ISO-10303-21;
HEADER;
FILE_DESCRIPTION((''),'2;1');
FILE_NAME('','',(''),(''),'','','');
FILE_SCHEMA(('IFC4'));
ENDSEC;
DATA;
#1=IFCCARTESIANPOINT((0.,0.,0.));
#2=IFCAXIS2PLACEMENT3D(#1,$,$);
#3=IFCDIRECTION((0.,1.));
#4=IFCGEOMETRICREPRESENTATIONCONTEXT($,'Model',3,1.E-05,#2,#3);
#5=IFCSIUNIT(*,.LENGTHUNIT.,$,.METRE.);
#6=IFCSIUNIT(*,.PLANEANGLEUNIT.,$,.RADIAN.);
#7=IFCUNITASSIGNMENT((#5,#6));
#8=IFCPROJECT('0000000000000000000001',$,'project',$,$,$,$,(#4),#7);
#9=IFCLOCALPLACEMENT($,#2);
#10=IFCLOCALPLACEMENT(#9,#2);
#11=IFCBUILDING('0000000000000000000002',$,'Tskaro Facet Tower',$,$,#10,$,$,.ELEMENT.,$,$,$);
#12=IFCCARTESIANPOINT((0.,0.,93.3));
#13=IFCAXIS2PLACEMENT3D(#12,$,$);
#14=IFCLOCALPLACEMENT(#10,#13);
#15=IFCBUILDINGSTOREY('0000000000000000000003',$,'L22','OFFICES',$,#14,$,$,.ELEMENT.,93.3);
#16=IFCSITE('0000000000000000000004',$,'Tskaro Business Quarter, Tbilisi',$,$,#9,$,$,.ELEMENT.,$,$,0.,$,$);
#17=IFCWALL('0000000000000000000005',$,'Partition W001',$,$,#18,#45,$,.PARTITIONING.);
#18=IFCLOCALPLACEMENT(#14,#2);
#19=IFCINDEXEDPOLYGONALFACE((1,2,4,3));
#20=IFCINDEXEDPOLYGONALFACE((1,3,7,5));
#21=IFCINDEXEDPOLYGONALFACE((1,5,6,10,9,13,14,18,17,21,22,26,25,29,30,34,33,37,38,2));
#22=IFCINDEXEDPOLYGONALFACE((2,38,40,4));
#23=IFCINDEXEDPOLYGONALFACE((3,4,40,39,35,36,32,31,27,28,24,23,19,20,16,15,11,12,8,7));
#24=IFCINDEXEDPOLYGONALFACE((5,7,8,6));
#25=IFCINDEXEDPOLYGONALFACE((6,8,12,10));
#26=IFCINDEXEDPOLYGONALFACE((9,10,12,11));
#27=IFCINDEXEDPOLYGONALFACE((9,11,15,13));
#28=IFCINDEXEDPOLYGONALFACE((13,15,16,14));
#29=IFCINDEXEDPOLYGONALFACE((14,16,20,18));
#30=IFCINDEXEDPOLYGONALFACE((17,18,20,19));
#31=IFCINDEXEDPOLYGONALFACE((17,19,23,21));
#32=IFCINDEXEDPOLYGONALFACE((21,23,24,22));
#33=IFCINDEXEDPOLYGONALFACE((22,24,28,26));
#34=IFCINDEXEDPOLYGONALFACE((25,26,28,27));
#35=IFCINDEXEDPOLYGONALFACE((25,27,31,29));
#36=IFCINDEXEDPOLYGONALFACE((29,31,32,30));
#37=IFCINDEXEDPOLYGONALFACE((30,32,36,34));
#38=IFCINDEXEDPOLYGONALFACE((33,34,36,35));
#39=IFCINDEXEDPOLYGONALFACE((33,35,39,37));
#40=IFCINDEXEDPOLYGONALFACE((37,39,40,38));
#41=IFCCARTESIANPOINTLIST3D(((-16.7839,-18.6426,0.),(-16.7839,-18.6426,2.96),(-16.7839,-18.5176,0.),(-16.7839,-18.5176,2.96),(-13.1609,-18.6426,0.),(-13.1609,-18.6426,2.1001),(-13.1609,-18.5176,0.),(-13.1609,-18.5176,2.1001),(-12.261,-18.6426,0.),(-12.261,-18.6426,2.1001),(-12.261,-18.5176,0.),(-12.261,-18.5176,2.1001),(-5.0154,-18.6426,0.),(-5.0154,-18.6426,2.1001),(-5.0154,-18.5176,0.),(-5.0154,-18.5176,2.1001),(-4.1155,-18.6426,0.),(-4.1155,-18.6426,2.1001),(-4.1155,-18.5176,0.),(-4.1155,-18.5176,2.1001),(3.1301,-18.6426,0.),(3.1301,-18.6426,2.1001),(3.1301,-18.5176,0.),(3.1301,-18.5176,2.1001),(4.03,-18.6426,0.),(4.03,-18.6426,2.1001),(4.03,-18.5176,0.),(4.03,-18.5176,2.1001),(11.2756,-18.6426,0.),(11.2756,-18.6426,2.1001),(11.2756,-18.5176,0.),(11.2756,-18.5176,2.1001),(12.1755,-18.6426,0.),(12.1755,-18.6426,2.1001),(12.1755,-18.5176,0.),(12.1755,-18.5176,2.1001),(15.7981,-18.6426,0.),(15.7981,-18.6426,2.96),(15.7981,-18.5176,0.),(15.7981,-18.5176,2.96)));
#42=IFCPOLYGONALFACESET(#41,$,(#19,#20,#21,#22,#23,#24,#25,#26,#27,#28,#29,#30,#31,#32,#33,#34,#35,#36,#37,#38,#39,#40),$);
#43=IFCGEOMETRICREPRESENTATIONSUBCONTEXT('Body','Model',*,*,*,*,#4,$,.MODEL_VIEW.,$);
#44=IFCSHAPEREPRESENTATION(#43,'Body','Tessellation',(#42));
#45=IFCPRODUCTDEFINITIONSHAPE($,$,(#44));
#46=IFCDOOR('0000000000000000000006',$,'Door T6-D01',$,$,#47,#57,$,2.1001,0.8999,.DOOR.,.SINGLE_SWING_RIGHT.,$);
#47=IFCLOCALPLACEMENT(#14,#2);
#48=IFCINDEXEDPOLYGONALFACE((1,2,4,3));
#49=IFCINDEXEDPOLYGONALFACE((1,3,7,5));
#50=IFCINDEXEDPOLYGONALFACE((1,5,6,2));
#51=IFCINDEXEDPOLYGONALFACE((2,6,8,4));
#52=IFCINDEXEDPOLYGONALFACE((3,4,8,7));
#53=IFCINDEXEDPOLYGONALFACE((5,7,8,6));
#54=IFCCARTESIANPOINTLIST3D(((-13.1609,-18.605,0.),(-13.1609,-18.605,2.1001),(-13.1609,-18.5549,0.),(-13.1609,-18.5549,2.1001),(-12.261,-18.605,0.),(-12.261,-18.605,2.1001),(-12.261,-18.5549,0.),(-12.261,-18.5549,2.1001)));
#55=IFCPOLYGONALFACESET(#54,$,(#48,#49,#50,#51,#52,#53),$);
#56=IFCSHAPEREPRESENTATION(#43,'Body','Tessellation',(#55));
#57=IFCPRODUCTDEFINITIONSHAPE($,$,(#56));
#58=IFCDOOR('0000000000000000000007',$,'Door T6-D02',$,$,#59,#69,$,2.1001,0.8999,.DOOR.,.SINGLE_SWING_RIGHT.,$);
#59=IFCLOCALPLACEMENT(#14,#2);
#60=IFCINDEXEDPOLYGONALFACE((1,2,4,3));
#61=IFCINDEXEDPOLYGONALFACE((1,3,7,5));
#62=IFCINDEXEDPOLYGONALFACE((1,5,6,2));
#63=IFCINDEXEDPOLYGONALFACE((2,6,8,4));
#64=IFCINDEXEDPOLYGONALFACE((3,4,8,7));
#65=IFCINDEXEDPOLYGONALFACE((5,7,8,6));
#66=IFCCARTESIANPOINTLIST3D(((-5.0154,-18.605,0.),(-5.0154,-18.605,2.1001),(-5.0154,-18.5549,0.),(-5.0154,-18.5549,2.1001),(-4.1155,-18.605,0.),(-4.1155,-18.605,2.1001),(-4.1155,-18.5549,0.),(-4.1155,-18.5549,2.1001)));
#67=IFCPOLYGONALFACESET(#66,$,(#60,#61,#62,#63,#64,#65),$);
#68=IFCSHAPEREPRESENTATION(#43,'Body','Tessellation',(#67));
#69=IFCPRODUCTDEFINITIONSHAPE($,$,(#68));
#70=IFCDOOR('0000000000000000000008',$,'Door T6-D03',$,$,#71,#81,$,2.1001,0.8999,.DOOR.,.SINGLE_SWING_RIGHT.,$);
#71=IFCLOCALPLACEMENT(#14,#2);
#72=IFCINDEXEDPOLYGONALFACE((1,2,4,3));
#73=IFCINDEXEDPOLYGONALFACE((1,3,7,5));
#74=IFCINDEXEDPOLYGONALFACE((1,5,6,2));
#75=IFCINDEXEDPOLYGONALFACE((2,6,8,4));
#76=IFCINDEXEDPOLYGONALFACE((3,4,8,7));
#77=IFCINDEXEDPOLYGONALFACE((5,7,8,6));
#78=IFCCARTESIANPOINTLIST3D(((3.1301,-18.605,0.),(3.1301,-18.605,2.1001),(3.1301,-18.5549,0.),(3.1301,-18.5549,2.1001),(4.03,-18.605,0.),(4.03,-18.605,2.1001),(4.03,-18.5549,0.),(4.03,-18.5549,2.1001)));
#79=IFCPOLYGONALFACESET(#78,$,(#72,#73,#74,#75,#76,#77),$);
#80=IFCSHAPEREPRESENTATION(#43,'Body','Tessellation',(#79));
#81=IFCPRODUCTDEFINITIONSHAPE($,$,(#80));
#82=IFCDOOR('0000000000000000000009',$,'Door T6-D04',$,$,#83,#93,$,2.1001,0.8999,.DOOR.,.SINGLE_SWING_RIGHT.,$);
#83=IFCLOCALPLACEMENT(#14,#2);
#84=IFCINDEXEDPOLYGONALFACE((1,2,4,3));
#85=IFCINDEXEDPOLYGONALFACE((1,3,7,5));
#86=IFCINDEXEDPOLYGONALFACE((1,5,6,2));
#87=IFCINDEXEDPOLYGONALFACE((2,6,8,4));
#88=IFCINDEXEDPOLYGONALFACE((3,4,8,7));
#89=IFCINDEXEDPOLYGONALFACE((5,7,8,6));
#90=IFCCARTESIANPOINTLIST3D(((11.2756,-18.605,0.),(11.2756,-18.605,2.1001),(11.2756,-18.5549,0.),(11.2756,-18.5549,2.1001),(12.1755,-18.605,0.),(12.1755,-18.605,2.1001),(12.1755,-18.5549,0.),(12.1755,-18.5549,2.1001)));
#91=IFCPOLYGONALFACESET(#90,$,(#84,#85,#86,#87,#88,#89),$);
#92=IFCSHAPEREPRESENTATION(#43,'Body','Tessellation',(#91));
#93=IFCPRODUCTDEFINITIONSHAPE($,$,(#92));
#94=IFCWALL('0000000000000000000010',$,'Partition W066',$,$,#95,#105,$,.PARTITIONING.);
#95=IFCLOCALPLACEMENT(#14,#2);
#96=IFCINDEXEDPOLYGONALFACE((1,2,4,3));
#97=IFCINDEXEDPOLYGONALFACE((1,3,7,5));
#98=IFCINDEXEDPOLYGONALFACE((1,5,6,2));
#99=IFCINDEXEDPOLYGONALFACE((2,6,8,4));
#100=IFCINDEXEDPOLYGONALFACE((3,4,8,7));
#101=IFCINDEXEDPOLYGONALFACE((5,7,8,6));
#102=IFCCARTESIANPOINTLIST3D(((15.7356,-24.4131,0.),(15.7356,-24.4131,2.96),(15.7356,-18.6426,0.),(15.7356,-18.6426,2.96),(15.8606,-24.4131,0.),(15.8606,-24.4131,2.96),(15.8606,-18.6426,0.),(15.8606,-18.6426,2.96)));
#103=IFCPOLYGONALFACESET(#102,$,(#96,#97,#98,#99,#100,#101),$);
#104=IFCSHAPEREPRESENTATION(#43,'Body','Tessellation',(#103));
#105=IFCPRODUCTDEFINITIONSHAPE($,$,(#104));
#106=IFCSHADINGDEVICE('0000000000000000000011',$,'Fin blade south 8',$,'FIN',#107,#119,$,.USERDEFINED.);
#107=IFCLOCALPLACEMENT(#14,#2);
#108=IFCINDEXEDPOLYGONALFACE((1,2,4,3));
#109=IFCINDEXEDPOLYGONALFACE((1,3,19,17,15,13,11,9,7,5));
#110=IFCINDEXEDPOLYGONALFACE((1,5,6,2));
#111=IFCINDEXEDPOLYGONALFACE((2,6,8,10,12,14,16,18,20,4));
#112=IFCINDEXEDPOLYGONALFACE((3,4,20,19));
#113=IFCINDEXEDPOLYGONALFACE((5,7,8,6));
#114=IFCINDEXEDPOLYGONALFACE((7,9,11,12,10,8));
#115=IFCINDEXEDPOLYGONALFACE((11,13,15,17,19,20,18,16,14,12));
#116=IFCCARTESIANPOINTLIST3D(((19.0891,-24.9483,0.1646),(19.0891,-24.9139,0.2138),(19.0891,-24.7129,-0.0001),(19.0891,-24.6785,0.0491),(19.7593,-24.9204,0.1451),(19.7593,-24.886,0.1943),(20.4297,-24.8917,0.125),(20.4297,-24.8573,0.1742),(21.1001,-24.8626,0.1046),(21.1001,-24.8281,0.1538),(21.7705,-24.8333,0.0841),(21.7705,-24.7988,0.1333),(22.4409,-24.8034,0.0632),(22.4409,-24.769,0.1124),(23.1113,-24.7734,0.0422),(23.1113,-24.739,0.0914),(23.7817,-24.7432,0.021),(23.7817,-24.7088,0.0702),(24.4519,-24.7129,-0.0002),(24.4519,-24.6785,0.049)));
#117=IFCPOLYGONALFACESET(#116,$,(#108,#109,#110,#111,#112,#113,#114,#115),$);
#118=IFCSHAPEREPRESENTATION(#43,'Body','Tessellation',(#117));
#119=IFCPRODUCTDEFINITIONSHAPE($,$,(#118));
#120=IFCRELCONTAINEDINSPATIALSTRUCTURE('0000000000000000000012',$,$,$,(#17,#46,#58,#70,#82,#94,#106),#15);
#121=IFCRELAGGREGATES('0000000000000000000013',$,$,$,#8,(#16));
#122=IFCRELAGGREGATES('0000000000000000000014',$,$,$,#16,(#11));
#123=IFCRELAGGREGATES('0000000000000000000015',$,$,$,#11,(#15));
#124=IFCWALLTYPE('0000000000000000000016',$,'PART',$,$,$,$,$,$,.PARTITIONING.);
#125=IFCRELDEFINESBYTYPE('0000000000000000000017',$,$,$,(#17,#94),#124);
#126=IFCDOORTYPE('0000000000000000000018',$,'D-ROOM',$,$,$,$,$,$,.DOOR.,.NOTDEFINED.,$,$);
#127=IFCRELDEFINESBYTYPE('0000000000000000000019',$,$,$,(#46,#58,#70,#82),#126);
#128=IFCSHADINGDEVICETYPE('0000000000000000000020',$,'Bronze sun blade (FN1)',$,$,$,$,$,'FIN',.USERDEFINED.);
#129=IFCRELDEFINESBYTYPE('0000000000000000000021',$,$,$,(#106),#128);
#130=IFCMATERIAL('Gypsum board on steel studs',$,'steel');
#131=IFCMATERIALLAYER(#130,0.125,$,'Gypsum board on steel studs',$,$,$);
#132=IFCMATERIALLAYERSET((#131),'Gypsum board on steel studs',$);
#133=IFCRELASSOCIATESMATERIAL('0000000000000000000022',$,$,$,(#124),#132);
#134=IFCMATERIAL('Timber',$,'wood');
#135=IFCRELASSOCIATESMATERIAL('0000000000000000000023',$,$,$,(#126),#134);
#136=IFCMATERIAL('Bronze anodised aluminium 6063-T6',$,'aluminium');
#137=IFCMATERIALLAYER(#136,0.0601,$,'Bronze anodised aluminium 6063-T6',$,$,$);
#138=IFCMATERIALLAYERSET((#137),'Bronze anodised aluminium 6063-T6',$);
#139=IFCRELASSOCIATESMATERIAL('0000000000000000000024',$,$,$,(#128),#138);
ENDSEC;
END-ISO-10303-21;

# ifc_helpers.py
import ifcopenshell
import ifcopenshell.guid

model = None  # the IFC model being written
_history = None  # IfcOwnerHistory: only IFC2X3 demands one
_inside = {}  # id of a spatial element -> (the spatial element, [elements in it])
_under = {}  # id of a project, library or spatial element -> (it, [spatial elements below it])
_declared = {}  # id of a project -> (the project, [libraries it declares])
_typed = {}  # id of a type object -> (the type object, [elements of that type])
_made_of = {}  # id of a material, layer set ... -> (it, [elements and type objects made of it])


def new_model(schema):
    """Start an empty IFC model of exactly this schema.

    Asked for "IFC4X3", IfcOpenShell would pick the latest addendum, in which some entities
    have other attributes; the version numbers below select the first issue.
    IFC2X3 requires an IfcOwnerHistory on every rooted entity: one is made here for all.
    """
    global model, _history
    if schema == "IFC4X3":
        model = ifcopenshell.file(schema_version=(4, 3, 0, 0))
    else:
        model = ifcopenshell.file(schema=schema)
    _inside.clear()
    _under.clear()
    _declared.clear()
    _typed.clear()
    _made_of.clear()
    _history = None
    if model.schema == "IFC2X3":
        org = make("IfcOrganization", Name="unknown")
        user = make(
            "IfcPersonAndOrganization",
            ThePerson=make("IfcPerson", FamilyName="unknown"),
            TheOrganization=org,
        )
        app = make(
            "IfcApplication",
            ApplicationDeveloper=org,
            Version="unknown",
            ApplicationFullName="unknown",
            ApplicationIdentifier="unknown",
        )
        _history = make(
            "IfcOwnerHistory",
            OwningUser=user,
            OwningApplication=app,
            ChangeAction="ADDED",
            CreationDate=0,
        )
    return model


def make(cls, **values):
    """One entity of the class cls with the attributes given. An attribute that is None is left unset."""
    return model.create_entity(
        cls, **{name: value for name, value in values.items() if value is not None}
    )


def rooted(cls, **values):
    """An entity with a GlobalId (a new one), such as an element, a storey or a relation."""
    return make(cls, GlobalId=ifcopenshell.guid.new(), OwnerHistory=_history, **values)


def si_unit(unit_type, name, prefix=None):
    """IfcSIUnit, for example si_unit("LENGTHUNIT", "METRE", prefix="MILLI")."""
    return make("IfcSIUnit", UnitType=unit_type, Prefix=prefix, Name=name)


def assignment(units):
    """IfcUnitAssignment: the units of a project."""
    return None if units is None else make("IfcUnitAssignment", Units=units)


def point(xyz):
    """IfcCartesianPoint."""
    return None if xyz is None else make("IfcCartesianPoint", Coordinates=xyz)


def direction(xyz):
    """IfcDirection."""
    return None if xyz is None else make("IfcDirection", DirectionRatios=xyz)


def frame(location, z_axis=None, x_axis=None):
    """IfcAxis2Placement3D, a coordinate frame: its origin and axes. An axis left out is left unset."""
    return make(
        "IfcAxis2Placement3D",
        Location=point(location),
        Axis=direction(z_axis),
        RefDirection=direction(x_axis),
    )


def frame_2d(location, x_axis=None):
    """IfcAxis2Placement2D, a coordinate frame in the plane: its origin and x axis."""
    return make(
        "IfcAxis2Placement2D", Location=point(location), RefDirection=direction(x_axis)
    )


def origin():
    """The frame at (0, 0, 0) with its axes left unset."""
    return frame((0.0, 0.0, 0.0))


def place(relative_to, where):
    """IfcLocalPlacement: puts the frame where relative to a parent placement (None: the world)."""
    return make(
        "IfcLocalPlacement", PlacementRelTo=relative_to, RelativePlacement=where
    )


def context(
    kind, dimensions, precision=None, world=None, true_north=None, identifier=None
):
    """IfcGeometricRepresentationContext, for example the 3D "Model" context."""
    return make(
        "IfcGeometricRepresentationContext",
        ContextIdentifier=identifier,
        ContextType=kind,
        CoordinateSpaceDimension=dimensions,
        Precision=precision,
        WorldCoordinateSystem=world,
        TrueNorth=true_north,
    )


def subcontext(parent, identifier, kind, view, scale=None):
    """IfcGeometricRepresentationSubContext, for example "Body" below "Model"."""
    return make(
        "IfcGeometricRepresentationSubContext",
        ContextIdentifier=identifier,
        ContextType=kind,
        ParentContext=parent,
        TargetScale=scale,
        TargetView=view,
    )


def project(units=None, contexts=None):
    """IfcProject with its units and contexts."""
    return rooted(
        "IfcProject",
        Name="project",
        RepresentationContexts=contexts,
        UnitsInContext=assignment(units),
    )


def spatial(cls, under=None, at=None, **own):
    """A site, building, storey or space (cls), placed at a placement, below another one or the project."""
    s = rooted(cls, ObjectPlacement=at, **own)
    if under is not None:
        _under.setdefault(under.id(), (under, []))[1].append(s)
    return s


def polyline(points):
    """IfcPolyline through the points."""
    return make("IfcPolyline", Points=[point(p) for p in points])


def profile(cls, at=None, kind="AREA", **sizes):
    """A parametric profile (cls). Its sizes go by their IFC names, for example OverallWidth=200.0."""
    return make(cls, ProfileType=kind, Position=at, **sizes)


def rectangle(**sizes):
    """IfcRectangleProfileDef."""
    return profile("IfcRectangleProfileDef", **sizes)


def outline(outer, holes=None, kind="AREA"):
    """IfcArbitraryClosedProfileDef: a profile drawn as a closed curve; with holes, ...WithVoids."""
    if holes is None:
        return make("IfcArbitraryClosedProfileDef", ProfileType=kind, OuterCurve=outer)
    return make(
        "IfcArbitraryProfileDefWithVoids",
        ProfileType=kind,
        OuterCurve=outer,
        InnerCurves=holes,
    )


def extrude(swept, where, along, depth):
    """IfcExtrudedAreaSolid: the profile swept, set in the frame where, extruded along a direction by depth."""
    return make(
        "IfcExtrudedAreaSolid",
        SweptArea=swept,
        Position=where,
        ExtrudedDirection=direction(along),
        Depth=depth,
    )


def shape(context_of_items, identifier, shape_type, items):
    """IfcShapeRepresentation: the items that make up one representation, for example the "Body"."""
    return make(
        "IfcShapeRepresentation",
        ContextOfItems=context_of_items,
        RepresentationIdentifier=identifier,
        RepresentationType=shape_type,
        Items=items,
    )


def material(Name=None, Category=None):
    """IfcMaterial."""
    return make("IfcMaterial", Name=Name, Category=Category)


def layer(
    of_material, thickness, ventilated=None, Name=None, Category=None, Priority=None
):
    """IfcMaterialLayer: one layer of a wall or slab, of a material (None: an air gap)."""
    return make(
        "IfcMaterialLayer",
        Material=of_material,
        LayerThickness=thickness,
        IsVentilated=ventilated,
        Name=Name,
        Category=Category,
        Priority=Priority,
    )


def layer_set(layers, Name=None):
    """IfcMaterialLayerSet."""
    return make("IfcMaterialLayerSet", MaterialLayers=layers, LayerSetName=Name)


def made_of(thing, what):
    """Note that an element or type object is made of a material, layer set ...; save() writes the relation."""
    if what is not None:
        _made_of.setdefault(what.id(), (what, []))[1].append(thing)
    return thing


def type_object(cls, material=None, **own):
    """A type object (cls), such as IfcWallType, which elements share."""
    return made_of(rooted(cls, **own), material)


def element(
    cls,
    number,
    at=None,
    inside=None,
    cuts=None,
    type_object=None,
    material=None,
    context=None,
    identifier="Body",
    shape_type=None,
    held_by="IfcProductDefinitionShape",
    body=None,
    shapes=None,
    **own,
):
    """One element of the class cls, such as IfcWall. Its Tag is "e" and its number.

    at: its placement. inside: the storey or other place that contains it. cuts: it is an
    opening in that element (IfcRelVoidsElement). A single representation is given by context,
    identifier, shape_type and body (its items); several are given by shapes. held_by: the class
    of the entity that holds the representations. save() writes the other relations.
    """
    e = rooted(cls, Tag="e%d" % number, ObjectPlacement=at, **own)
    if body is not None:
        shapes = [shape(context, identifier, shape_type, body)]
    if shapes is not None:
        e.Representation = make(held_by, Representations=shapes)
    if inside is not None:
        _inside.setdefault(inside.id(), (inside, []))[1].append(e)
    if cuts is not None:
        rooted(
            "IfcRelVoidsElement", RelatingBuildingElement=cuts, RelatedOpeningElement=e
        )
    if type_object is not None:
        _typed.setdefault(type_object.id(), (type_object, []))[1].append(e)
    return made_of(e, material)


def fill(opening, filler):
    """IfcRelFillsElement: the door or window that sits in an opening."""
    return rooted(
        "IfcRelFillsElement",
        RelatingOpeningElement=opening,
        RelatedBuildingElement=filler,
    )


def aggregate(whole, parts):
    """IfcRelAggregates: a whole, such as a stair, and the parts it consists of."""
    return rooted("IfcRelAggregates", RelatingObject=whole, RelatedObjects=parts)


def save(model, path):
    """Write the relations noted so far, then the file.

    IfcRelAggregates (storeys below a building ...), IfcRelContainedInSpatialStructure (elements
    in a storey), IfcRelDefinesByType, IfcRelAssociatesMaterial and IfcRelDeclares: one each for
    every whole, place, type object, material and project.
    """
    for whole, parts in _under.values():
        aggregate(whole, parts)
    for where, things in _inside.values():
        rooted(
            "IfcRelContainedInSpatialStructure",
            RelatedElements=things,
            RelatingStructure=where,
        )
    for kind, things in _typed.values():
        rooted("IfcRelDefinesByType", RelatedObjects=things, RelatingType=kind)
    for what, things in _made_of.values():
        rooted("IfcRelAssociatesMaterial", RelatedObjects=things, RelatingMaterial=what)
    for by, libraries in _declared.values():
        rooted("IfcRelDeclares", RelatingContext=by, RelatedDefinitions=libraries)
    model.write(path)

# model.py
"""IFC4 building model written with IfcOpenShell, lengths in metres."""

from ifc_helpers import new_model, si_unit, direction, frame, frame_2d, origin, place, context, subcontext, project, spatial, polyline, rectangle, outline, extrude, material, layer, layer_set, type_object, element, fill, save


model = new_model("IFC4")

# Units and contexts
model_context = context("Model", 3, precision=1e-05, world=origin(), true_north=direction((0.0, 1.0)))
body_context = subcontext(model_context, "Body", "Model", "MODEL_VIEW")
ifc_project = project(units=[si_unit("LENGTHUNIT", "METRE"), si_unit("PLANEANGLEUNIT", "RADIAN")], contexts=[model_context])

# Site, building, storey
site_placement = place(None, origin())
site = spatial("IfcSite", under=ifc_project, at=site_placement, Name="Tskaro Business Quarter, Tbilisi", CompositionType="ELEMENT", RefElevation=0.0)
building_placement = place(site_placement, origin())
building = spatial("IfcBuilding", under=site, at=building_placement, Name="Tskaro Facet Tower", CompositionType="ELEMENT")
storey_placement = place(building_placement, frame((0.0, 0.0, 93.3)))
storey = spatial("IfcBuildingStorey", under=building, at=storey_placement, Name="L22", Description="OFFICES", CompositionType="ELEMENT", Elevation=93.3)

# Shared definitions
ifc_material_1 = material(Name="Bronze anodised aluminium 6063-T6", Category="aluminium")

# Wall, openings, doors
ifc_material_2 = material(Name="Gypsum board on steel studs", Category="steel")
ifc_layer_1 = layer(ifc_material_2, 0.125, Name="Gypsum board on steel studs")
ifc_layer_set_1 = layer_set([ifc_layer_1], Name="Gypsum board on steel studs")
wall_type = type_object("IfcWallType", Name="PART", PredefinedType="PARTITIONING", material=ifc_layer_set_1)
wall_1_placement = place(storey_placement, frame((15.7981, -18.5801, 0.0), z_axis=(0.0, 0.0, 1.0), x_axis=(-1.0, 0.0, 0.0)))
wall_1 = element("IfcWall", 1, at=wall_1_placement, inside=storey, type_object=wall_type, Name="Partition W001", PredefinedType="PARTITIONING", context=body_context, shape_type="SweptSolid", body=[
    extrude(rectangle(XDim=32.582, YDim=0.125, at=frame_2d((16.291, 0.0))), origin(), (0.0, 0.0, 1.0), 2.96),
])
opening_1_placement = place(wall_1_placement, frame((28.0591, 0.0, 0.0)))
opening_1 = element("IfcOpeningElement", 2, at=opening_1_placement, cuts=wall_1, PredefinedType="OPENING", context=body_context, shape_type="SweptSolid", body=[
    extrude(rectangle(XDim=0.8999, YDim=2.1001, at=frame_2d((0.45, 1.05))), frame((0.0, 0.0725, 0.0), z_axis=(0.0, -1.0, 0.0), x_axis=(1.0, 0.0, 0.0)), (0.0, 0.0, 1.0), 0.145),
])
opening_2_placement = place(wall_1_placement, frame((19.9136, 0.0, 0.0)))
opening_2 = element("IfcOpeningElement", 3, at=opening_2_placement, cuts=wall_1, PredefinedType="OPENING", context=body_context, shape_type="SweptSolid", body=[
    extrude(rectangle(XDim=0.8999, YDim=2.1001, at=frame_2d((0.45, 1.05))), frame((0.0, 0.0725, 0.0), z_axis=(0.0, -1.0, 0.0), x_axis=(1.0, 0.0, 0.0)), (0.0, 0.0, 1.0), 0.145),
])
opening_3_placement = place(wall_1_placement, frame((11.7681, 0.0, 0.0)))
opening_3 = element("IfcOpeningElement", 4, at=opening_3_placement, cuts=wall_1, PredefinedType="OPENING", context=body_context, shape_type="SweptSolid", body=[
    extrude(rectangle(XDim=0.8999, YDim=2.1001, at=frame_2d((0.45, 1.05))), frame((0.0, 0.0725, 0.0), z_axis=(0.0, -1.0, 0.0), x_axis=(1.0, 0.0, 0.0)), (0.0, 0.0, 1.0), 0.145),
])
opening_4_placement = place(wall_1_placement, frame((3.6226, 0.0, 0.0)))
opening_4 = element("IfcOpeningElement", 5, at=opening_4_placement, cuts=wall_1, PredefinedType="OPENING", context=body_context, shape_type="SweptSolid", body=[
    extrude(rectangle(XDim=0.8999, YDim=2.1001, at=frame_2d((0.45, 1.05))), frame((0.0, 0.0725, 0.0), z_axis=(0.0, -1.0, 0.0), x_axis=(1.0, 0.0, 0.0)), (0.0, 0.0, 1.0), 0.145),
])
ifc_material_3 = material(Name="Timber", Category="wood")
door_type = type_object("IfcDoorType", Name="D-ROOM", OperationType="NOTDEFINED", PredefinedType="DOOR", material=ifc_material_3)
door_1_placement = place(opening_1_placement, origin())
door_1 = element("IfcDoor", 6, at=door_1_placement, inside=storey, type_object=door_type, Name="Door T6-D01", OperationType="SINGLE_SWING_RIGHT", OverallHeight=2.1001, OverallWidth=0.8999, PredefinedType="DOOR", context=body_context, shape_type="SweptSolid", body=[
    extrude(rectangle(XDim=0.8999, YDim=2.1001, at=frame_2d((0.45, 1.05))), frame((0.0, 0.0249, 0.0), z_axis=(0.0, -1.0, 0.0), x_axis=(1.0, 0.0, 0.0)), (0.0, 0.0, 1.0), 0.05),
])
fill(opening_1, door_1)
door_2_placement = place(opening_2_placement, origin())
door_2 = element("IfcDoor", 7, at=door_2_placement, inside=storey, type_object=door_type, Name="Door T6-D02", OperationType="SINGLE_SWING_RIGHT", OverallHeight=2.1001, OverallWidth=0.8999, PredefinedType="DOOR", context=body_context, shape_type="SweptSolid", body=[
    extrude(rectangle(XDim=0.8999, YDim=2.1001, at=frame_2d((0.45, 1.05))), frame((0.0, 0.0249, 0.0), z_axis=(0.0, -1.0, 0.0), x_axis=(1.0, 0.0, 0.0)), (0.0, 0.0, 1.0), 0.05),
])
fill(opening_2, door_2)
door_3_placement = place(opening_3_placement, origin())
door_3 = element("IfcDoor", 8, at=door_3_placement, inside=storey, type_object=door_type, Name="Door T6-D03", OperationType="SINGLE_SWING_RIGHT", OverallHeight=2.1001, OverallWidth=0.8999, PredefinedType="DOOR", context=body_context, shape_type="SweptSolid", body=[
    extrude(rectangle(XDim=0.8999, YDim=2.1001, at=frame_2d((0.45, 1.05))), frame((0.0, 0.0249, 0.0), z_axis=(0.0, -1.0, 0.0), x_axis=(1.0, 0.0, 0.0)), (0.0, 0.0, 1.0), 0.05),
])
fill(opening_3, door_3)
door_4_placement = place(opening_4_placement, origin())
door_4 = element("IfcDoor", 9, at=door_4_placement, inside=storey, type_object=door_type, Name="Door T6-D04", OperationType="SINGLE_SWING_RIGHT", OverallHeight=2.1001, OverallWidth=0.8999, PredefinedType="DOOR", context=body_context, shape_type="SweptSolid", body=[
    extrude(rectangle(XDim=0.8999, YDim=2.1001, at=frame_2d((0.45, 1.05))), frame((0.0, 0.0249, 0.0), z_axis=(0.0, -1.0, 0.0), x_axis=(1.0, 0.0, 0.0)), (0.0, 0.0, 1.0), 0.05),
])
fill(opening_4, door_4)

# Wall
wall_2_placement = place(storey_placement, frame((15.7981, -24.4131, 0.0), z_axis=(0.0, 0.0, 1.0), x_axis=(0.0, 1.0, 0.0)))
element("IfcWall", 10, at=wall_2_placement, inside=storey, type_object=wall_type, Name="Partition W066", PredefinedType="PARTITIONING", context=body_context, shape_type="SweptSolid", body=[
    extrude(rectangle(XDim=5.7705, YDim=0.125, at=frame_2d((2.8853, 0.0))), origin(), (0.0, 0.0, 1.0), 2.96),
])

# Shading device
ifc_layer_2 = layer(ifc_material_1, 0.0601, Name="Bronze anodised aluminium 6063-T6")
ifc_layer_set_2 = layer_set([ifc_layer_2], Name="Bronze anodised aluminium 6063-T6")
shading_device_type = type_object("IfcShadingDeviceType", Name="Bronze sun blade (FN1)", ElementType="FIN", PredefinedType="USERDEFINED", material=ifc_layer_set_2)
shading_device_1_placement = place(storey_placement, frame((19.0891, -24.6785, 0.0491), z_axis=(0.000013, 0.573378, 0.819291), x_axis=(1.0, -0.000008, -0.000011)))
element("IfcShadingDevice", 11, at=shading_device_1_placement, inside=storey, type_object=shading_device_type, Name="Fin blade south 8", ObjectType="FIN", PredefinedType="USERDEFINED", context=body_context, shape_type="SweptSolid", body=[
    extrude(outline(polyline([(0.0, 0.0), (5.3628, 0.0), (4.6926, -0.037), (4.0222, -0.0738), (3.3518, -0.1105), (2.6814, -0.1469), (2.011, -0.1827), (1.3406, -0.2182), (0.6702, -0.2533), (0.0, -0.2873), (0.0, 0.0)])), origin(), (0.0, 0.0, -1.0), 0.0601),
])

save(model, "model.ifc")
